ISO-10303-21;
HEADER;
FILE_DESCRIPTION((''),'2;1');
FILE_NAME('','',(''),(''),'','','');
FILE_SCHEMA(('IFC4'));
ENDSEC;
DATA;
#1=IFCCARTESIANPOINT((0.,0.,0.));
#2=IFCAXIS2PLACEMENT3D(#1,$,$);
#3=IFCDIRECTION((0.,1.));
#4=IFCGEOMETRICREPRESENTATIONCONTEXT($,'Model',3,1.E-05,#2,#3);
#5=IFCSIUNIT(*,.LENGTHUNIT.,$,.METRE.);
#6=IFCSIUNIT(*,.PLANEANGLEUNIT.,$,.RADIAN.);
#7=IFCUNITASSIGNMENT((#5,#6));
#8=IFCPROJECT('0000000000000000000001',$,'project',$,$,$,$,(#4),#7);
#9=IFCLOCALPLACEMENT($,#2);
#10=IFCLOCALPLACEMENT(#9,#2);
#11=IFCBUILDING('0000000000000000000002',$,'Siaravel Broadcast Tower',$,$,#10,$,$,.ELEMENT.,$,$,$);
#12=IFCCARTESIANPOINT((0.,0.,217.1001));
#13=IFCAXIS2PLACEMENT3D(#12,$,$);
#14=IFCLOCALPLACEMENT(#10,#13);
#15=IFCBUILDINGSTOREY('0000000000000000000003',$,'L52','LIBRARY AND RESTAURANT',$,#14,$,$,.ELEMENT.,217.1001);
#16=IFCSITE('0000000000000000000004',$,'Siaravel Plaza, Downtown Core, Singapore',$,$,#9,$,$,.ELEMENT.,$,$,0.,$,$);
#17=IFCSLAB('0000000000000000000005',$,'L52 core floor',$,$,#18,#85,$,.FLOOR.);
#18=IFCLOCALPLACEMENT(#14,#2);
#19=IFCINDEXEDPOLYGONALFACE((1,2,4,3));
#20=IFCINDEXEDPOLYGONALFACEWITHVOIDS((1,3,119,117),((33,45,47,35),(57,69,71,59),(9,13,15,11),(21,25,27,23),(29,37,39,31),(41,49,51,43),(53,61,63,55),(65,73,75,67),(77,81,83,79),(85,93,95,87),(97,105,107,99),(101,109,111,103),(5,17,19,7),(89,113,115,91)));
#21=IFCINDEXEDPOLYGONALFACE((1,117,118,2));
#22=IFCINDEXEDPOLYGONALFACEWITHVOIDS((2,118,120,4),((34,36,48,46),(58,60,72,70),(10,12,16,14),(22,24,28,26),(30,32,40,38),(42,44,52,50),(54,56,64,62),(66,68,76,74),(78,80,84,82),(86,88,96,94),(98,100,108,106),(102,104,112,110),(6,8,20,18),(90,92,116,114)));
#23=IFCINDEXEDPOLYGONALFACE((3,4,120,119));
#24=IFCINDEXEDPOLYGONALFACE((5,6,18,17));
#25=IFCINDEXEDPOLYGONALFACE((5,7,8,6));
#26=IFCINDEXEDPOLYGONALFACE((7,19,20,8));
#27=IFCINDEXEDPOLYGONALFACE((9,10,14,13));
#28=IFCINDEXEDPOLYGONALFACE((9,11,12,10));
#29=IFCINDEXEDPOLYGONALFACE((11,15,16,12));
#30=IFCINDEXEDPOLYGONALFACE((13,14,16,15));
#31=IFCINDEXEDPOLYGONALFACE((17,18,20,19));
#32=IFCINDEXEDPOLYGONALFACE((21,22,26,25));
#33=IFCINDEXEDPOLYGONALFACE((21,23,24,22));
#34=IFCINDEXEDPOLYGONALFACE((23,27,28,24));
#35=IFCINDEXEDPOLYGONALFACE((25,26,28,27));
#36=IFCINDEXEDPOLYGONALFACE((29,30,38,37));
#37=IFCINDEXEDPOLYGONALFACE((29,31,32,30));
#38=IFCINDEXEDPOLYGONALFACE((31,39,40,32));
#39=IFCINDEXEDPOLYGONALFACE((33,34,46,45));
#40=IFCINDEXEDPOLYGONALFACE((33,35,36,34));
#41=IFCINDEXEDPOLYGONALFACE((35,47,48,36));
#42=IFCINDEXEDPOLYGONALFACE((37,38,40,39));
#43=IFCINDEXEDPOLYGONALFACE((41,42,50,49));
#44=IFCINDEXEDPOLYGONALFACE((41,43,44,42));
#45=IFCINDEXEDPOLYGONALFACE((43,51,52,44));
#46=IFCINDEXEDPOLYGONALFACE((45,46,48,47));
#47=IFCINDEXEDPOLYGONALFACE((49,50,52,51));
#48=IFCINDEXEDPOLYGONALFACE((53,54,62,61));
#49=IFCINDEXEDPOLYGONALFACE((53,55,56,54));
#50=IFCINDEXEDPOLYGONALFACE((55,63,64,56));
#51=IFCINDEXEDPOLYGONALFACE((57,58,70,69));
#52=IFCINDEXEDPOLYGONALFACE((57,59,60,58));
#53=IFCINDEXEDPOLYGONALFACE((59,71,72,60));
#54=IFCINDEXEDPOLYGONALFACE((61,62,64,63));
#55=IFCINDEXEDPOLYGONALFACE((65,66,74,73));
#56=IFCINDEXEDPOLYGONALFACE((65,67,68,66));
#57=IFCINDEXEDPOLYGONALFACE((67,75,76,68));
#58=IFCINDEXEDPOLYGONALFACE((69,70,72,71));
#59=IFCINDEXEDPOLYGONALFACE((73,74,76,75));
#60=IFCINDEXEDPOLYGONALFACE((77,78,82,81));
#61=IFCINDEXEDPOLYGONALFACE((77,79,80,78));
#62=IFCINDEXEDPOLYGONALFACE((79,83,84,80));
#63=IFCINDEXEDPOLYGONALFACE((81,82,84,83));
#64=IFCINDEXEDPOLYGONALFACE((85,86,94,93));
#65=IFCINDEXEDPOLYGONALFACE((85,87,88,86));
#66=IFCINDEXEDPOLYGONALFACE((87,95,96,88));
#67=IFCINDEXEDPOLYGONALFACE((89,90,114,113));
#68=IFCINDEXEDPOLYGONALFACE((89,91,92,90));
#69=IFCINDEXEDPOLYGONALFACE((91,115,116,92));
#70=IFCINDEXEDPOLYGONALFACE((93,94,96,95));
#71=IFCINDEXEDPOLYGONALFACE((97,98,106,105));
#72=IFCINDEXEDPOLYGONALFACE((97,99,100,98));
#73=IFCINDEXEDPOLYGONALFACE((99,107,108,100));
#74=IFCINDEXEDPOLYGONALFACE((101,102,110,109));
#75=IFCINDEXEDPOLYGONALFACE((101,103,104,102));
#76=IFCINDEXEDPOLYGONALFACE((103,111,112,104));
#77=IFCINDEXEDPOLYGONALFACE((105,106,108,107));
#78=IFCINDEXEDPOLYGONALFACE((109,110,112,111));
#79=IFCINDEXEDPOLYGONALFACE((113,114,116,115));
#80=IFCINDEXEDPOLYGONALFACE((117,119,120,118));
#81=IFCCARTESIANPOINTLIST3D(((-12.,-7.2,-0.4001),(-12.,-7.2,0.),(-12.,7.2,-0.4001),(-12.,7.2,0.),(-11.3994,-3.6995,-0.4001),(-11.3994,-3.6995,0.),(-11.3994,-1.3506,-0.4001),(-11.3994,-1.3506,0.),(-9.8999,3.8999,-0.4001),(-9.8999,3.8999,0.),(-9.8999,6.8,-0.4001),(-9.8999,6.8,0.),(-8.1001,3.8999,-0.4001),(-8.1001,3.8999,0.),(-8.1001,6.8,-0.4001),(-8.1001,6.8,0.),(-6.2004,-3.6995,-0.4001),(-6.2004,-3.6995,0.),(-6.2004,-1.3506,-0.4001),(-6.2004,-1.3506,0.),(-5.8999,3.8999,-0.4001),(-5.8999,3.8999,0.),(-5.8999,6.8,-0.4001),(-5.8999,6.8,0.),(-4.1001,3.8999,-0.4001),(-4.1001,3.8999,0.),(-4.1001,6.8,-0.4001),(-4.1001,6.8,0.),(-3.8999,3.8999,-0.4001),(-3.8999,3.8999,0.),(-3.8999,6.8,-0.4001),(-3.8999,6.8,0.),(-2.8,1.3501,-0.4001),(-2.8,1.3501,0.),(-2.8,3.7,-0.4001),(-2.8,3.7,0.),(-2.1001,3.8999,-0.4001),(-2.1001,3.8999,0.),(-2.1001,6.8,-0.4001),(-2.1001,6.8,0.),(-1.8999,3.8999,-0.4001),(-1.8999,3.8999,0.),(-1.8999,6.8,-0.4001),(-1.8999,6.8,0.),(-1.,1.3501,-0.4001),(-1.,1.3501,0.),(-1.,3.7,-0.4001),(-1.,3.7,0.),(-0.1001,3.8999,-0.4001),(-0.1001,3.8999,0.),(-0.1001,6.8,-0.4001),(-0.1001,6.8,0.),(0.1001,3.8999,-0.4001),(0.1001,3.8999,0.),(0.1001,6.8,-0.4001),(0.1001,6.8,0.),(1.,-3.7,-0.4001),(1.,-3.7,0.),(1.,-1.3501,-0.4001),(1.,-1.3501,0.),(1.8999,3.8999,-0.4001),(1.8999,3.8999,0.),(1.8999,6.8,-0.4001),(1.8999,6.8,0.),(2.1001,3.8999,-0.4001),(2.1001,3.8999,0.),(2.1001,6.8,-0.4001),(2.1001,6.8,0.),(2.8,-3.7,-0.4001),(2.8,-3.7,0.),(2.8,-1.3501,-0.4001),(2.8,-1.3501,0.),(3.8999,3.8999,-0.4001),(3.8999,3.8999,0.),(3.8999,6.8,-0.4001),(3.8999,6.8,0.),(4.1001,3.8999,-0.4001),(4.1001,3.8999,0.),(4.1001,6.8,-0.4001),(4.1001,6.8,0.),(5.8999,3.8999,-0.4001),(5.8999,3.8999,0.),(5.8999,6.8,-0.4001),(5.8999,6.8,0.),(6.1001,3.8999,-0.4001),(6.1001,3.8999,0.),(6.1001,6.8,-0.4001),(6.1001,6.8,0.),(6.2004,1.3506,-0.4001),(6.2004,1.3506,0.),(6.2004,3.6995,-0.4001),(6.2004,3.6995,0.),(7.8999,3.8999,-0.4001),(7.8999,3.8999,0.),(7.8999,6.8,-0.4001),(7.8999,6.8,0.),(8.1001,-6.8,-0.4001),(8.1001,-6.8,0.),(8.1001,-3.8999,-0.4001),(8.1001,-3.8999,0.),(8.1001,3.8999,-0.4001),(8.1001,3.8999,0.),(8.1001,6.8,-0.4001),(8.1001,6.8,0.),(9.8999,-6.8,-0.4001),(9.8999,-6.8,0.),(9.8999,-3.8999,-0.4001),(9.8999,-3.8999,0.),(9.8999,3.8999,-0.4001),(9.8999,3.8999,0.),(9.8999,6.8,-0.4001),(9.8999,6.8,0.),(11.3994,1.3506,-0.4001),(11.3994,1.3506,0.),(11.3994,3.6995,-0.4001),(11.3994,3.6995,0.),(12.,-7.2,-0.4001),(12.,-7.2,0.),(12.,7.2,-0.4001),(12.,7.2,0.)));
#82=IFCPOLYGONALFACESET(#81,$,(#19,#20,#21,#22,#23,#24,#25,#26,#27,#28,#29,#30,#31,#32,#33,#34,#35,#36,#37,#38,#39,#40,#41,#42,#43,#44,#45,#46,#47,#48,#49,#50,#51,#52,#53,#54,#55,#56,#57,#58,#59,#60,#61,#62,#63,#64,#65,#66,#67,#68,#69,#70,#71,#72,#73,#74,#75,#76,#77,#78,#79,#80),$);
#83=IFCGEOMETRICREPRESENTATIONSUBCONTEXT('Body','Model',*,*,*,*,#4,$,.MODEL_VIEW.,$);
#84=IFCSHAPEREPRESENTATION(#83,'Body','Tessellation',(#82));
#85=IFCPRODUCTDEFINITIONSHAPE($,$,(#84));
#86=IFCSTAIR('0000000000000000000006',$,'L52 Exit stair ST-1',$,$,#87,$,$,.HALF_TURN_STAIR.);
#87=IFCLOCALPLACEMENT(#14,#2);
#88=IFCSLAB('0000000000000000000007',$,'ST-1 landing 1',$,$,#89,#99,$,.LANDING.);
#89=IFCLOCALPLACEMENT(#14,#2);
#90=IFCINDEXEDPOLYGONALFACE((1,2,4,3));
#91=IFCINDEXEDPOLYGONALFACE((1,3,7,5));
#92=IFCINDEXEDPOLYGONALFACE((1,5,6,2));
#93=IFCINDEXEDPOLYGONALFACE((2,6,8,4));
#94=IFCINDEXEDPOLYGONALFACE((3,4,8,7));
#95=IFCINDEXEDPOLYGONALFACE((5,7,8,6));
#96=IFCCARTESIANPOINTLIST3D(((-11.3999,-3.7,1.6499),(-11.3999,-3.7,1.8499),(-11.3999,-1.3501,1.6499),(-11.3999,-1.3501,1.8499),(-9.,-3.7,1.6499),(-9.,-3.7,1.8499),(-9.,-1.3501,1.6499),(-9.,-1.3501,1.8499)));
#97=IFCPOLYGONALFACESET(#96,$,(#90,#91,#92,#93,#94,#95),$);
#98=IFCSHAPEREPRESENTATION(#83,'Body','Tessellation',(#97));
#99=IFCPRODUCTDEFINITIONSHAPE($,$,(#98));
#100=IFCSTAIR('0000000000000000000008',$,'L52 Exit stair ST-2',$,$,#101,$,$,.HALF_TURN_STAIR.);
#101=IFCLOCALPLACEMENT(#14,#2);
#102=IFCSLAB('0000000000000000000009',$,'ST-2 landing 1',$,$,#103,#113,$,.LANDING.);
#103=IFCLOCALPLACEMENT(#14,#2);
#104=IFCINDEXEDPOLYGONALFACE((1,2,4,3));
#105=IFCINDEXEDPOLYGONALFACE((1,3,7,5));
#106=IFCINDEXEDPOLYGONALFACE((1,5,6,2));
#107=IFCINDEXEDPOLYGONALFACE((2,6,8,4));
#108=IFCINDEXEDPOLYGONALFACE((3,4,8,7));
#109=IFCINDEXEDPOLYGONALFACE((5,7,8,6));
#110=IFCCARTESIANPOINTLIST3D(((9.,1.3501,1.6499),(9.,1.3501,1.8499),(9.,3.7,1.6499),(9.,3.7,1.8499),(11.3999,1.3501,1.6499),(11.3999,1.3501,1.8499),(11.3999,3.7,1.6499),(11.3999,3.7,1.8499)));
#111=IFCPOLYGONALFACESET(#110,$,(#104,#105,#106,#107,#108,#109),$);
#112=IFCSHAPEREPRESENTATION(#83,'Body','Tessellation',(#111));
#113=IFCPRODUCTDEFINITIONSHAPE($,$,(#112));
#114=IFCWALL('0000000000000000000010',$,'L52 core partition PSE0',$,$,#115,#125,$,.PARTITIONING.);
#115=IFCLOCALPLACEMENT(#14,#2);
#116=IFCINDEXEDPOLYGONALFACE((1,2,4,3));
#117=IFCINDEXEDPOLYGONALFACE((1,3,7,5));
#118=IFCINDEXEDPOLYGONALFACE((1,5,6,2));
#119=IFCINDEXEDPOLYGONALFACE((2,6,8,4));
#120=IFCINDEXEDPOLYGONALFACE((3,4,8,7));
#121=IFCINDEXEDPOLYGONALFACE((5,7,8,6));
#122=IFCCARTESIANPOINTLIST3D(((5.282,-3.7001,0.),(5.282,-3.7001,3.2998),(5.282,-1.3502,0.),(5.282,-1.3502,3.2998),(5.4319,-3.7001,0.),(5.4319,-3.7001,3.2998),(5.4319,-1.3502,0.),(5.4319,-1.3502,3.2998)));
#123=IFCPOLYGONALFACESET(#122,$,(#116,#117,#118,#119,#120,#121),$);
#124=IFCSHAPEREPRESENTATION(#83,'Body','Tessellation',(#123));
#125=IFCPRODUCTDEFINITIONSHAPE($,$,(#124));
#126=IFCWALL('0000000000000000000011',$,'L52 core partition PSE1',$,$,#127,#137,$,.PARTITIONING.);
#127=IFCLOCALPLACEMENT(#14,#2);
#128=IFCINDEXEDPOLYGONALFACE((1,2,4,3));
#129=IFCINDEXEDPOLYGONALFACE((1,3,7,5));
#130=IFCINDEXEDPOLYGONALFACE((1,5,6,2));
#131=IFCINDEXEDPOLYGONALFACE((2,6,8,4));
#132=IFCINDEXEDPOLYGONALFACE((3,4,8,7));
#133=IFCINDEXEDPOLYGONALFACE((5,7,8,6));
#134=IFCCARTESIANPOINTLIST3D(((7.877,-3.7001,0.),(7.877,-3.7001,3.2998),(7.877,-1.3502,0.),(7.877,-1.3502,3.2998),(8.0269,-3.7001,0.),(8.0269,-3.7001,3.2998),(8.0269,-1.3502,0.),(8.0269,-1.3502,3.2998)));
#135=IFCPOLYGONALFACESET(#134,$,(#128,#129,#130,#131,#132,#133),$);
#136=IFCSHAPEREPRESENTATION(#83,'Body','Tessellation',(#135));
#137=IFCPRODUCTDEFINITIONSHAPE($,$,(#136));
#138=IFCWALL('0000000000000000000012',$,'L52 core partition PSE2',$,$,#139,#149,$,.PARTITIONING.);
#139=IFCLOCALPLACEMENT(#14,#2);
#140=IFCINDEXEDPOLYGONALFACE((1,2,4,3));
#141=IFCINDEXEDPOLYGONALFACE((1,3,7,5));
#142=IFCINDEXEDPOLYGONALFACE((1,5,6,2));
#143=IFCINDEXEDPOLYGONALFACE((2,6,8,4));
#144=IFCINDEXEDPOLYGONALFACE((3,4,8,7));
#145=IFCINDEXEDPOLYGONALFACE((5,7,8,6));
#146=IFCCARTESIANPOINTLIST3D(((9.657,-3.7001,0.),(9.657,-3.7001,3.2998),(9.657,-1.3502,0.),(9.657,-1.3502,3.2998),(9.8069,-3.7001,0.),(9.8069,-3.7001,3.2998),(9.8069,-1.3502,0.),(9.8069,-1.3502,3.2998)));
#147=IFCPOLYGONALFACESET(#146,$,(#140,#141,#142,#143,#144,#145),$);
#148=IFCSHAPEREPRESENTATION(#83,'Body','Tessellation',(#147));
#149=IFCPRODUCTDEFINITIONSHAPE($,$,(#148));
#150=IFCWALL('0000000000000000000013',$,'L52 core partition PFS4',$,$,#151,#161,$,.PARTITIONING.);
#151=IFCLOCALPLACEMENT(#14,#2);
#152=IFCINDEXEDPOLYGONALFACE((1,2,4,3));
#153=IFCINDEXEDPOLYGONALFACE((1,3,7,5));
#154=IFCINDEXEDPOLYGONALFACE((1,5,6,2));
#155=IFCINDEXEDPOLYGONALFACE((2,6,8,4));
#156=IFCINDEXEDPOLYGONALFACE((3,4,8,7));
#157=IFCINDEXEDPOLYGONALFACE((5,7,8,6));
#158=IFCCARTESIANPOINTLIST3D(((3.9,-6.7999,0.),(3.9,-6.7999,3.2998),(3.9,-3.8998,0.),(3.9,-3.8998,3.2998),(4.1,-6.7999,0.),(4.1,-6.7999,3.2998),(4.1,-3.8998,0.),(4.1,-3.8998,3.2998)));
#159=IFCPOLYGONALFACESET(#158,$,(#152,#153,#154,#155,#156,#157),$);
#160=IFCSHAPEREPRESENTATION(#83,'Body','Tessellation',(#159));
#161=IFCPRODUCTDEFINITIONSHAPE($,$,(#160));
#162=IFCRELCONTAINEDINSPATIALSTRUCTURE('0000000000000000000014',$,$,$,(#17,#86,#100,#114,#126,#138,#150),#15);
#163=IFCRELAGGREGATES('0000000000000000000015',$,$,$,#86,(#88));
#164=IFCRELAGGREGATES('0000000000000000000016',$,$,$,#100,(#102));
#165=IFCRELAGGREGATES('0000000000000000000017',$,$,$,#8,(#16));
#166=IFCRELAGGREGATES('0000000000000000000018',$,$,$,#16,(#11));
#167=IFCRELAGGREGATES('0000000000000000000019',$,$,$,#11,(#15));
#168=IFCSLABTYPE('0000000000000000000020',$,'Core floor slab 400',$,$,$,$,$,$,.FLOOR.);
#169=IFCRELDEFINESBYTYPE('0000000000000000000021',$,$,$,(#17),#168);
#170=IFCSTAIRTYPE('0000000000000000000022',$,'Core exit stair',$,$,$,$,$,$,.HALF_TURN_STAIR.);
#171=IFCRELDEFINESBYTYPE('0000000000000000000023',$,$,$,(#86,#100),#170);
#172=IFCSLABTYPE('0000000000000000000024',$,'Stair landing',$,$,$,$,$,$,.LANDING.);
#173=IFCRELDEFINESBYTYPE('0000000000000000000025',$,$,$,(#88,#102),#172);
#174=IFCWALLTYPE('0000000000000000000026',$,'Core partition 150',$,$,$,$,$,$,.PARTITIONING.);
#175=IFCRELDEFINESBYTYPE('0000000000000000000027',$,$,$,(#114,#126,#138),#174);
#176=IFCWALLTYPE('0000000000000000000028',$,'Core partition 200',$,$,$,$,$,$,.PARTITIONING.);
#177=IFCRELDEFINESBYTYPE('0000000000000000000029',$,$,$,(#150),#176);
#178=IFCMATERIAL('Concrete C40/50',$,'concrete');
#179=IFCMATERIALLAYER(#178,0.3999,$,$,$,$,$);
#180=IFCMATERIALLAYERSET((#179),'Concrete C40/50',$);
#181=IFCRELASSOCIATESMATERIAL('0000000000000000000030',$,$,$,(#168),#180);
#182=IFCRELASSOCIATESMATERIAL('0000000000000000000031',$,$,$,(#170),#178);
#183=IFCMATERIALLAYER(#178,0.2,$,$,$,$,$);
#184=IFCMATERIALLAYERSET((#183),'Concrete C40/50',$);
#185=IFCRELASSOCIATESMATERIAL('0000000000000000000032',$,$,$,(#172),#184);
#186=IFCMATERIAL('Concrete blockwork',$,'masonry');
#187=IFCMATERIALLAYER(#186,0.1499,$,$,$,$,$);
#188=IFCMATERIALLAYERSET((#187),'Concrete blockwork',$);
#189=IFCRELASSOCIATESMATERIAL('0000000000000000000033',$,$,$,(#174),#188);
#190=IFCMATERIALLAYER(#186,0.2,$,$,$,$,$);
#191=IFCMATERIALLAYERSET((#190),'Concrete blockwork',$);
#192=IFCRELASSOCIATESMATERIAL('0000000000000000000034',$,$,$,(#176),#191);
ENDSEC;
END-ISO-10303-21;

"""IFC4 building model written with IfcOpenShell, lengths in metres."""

from ifc_helpers import new_model, si_unit, direction, frame, frame_2d, origin, place, context, subcontext, project, spatial, polyline, rectangle, outline, extrude, material, layer, layer_set, type_object, element, aggregate, save


model = new_model("IFC4")

# Units and contexts
model_context = context("Model", 3, precision=1e-05, world=origin(), true_north=direction((0.0, 1.0)))
body_context = subcontext(model_context, "Body", "Model", "MODEL_VIEW")
ifc_project = project(units=[si_unit("LENGTHUNIT", "METRE"), si_unit("PLANEANGLEUNIT", "RADIAN")], contexts=[model_context])

# Site, building, storey
site_placement = place(None, origin())
site = spatial("IfcSite", under=ifc_project, at=site_placement, Name="Siaravel Plaza, Downtown Core, Singapore", CompositionType="ELEMENT", RefElevation=0.0)
building_placement = place(site_placement, origin())
building = spatial("IfcBuilding", under=site, at=building_placement, Name="Siaravel Broadcast Tower", CompositionType="ELEMENT")
storey_placement = place(building_placement, frame((0.0, 0.0, 217.1001)))
storey = spatial("IfcBuildingStorey", under=building, at=storey_placement, Name="L52", Description="LIBRARY AND RESTAURANT", CompositionType="ELEMENT", Elevation=217.1001)

# Slab
ifc_material_1 = material(Name="Concrete C40/50", Category="concrete")
ifc_layer_1 = layer(ifc_material_1, 0.3999)
ifc_layer_set_1 = layer_set([ifc_layer_1], Name="Concrete C40/50")
slab_type_1 = type_object("IfcSlabType", Name="Core floor slab 400", PredefinedType="FLOOR", material=ifc_layer_set_1)
slab_1_placement = place(storey_placement, frame((0.0, 0.0, -0.4001)))
element("IfcSlab", 1, at=slab_1_placement, inside=storey, type_object=slab_type_1, Name="L52 core floor", PredefinedType="FLOOR", context=body_context, shape_type="SweptSolid", body=[
    extrude(outline(polyline([(-12.0, -7.2), (-12.0, 7.2), (12.0, 7.2), (12.0, -7.2), (-12.0, -7.2)]), holes=[polyline([(11.3994, 1.3506), (11.3994, 3.6995), (6.2004, 3.6995), (6.2004, 1.3506), (11.3994, 1.3506)]), polyline([(8.1001, -3.8999), (8.1001, -6.8), (9.8999, -6.8), (9.8999, -3.8999), (8.1001, -3.8999)]), polyline([(9.8999, 6.8), (8.1001, 6.8), (8.1001, 3.8999), (9.8999, 3.8999), (9.8999, 6.8)]), polyline([(7.8999, 6.8), (6.1001, 6.8), (6.1001, 3.8999), (7.8999, 3.8999), (7.8999, 6.8)]), polyline([(5.8999, 6.8), (4.1001, 6.8), (4.1001, 3.8999), (5.8999, 3.8999), (5.8999, 6.8)]), polyline([(3.8999, 6.8), (2.1001, 6.8), (2.1001, 3.8999), (3.8999, 3.8999), (3.8999, 6.8)]), polyline([(2.8, -1.3501), (1.0, -1.3501), (1.0, -3.7), (2.8, -3.7), (2.8, -1.3501)]), polyline([(1.8999, 6.8), (0.1001, 6.8), (0.1001, 3.8999), (1.8999, 3.8999), (1.8999, 6.8)]), polyline([(-0.1001, 6.8), (-1.8999, 6.8), (-1.8999, 3.8999), (-0.1001, 3.8999), (-0.1001, 6.8)]), polyline([(-1.0, 3.7), (-2.8, 3.7), (-2.8, 1.3501), (-1.0, 1.3501), (-1.0, 3.7)]), polyline([(-2.1001, 6.8), (-3.8999, 6.8), (-3.8999, 3.8999), (-2.1001, 3.8999), (-2.1001, 6.8)]), polyline([(-4.1001, 6.8), (-5.8999, 6.8), (-5.8999, 3.8999), (-4.1001, 3.8999), (-4.1001, 6.8)]), polyline([(-11.3994, -3.6995), (-6.2004, -3.6995), (-6.2004, -1.3506), (-11.3994, -1.3506), (-11.3994, -3.6995)]), polyline([(-8.1001, 6.8), (-9.8999, 6.8), (-9.8999, 3.8999), (-8.1001, 3.8999), (-8.1001, 6.8)])]), origin(), (0.0, 0.0, 1.0), 0.4001),
])

# Stairs, slabs
stair_type = type_object("IfcStairType", Name="Core exit stair", PredefinedType="HALF_TURN_STAIR", material=ifc_material_1)
stair_1_placement = place(storey_placement, origin())
stair_1 = element("IfcStair", 2, at=stair_1_placement, inside=storey, type_object=stair_type, Name="L52 Exit stair ST-1", PredefinedType="HALF_TURN_STAIR")
ifc_layer_2 = layer(ifc_material_1, 0.2)
ifc_layer_set_2 = layer_set([ifc_layer_2], Name="Concrete C40/50")
slab_type_2 = type_object("IfcSlabType", Name="Stair landing", PredefinedType="LANDING", material=ifc_layer_set_2)
slab_2_placement = place(storey_placement, frame((0.0, 0.0, 1.6499)))
slab_2 = element("IfcSlab", 3, at=slab_2_placement, type_object=slab_type_2, Name="ST-1 landing 1", PredefinedType="LANDING", context=body_context, shape_type="SweptSolid", body=[
    extrude(outline(polyline([(-9.0, -1.3501), (-11.3999, -1.3501), (-11.3999, -3.7), (-9.0, -3.7), (-9.0, -1.3501)])), origin(), (0.0, 0.0, 1.0), 0.2),
])
aggregate(stair_1, [slab_2])
stair_2_placement = place(storey_placement, origin())
stair_2 = element("IfcStair", 4, at=stair_2_placement, inside=storey, type_object=stair_type, Name="L52 Exit stair ST-2", PredefinedType="HALF_TURN_STAIR")
slab_3_placement = place(storey_placement, frame((0.0, 0.0, 1.6499)))
slab_3 = element("IfcSlab", 5, at=slab_3_placement, type_object=slab_type_2, Name="ST-2 landing 1", PredefinedType="LANDING", context=body_context, shape_type="SweptSolid", body=[
    extrude(outline(polyline([(9.0, 1.3501), (11.3999, 1.3501), (11.3999, 3.7), (9.0, 3.7), (9.0, 1.3501)])), origin(), (0.0, 0.0, 1.0), 0.2),
])
aggregate(stair_2, [slab_3])

# Walls
ifc_material_2 = material(Name="Concrete blockwork", Category="masonry")
ifc_layer_3 = layer(ifc_material_2, 0.1499)
ifc_layer_set_3 = layer_set([ifc_layer_3], Name="Concrete blockwork")
wall_type_1 = type_object("IfcWallType", Name="Core partition 150", PredefinedType="PARTITIONING", material=ifc_layer_set_3)
for number, where, z_axis, x_axis, name in (
    (6, (5.3569, -3.7, 0.0), (0.0, 0.0, 1.0), (0.0, 1.0, 0.0), "L52 core partition PSE0"),
    (7, (7.9519, -3.7, 0.0), (0.0, 0.0, 1.0), (0.0, 1.0, 0.0), "L52 core partition PSE1"),
    (8, (9.7319, -3.7, 0.0), (0.0, 0.0, 1.0), (0.0, 1.0, 0.0), "L52 core partition PSE2"),
):
    element("IfcWall", number, at=place(storey_placement, frame(where, z_axis=z_axis, x_axis=x_axis)), inside=storey, type_object=wall_type_1, Name=name, PredefinedType="PARTITIONING", context=body_context, shape_type="SweptSolid", body=[
        extrude(rectangle(XDim=2.3499, YDim=0.1499, at=frame_2d((1.1748, 0.0))), origin(), (0.0, 0.0, 1.0), 3.2998),
    ])
ifc_layer_4 = layer(ifc_material_2, 0.2)
ifc_layer_set_4 = layer_set([ifc_layer_4], Name="Concrete blockwork")
wall_type_2 = type_object("IfcWallType", Name="Core partition 200", PredefinedType="PARTITIONING", material=ifc_layer_set_4)
wall_1_placement = place(storey_placement, frame((4.0, -6.8, 0.0), z_axis=(0.0, 0.0, 1.0), x_axis=(0.0, 1.0, 0.0)))
element("IfcWall", 9, at=wall_1_placement, inside=storey, type_object=wall_type_2, Name="L52 core partition PFS4", PredefinedType="PARTITIONING", context=body_context, shape_type="SweptSolid", body=[
    extrude(rectangle(XDim=2.9001, YDim=0.2, at=frame_2d((1.4502, 0.0))), origin(), (0.0, 0.0, 1.0), 3.2998),
])

save(model, "model.ifc")
